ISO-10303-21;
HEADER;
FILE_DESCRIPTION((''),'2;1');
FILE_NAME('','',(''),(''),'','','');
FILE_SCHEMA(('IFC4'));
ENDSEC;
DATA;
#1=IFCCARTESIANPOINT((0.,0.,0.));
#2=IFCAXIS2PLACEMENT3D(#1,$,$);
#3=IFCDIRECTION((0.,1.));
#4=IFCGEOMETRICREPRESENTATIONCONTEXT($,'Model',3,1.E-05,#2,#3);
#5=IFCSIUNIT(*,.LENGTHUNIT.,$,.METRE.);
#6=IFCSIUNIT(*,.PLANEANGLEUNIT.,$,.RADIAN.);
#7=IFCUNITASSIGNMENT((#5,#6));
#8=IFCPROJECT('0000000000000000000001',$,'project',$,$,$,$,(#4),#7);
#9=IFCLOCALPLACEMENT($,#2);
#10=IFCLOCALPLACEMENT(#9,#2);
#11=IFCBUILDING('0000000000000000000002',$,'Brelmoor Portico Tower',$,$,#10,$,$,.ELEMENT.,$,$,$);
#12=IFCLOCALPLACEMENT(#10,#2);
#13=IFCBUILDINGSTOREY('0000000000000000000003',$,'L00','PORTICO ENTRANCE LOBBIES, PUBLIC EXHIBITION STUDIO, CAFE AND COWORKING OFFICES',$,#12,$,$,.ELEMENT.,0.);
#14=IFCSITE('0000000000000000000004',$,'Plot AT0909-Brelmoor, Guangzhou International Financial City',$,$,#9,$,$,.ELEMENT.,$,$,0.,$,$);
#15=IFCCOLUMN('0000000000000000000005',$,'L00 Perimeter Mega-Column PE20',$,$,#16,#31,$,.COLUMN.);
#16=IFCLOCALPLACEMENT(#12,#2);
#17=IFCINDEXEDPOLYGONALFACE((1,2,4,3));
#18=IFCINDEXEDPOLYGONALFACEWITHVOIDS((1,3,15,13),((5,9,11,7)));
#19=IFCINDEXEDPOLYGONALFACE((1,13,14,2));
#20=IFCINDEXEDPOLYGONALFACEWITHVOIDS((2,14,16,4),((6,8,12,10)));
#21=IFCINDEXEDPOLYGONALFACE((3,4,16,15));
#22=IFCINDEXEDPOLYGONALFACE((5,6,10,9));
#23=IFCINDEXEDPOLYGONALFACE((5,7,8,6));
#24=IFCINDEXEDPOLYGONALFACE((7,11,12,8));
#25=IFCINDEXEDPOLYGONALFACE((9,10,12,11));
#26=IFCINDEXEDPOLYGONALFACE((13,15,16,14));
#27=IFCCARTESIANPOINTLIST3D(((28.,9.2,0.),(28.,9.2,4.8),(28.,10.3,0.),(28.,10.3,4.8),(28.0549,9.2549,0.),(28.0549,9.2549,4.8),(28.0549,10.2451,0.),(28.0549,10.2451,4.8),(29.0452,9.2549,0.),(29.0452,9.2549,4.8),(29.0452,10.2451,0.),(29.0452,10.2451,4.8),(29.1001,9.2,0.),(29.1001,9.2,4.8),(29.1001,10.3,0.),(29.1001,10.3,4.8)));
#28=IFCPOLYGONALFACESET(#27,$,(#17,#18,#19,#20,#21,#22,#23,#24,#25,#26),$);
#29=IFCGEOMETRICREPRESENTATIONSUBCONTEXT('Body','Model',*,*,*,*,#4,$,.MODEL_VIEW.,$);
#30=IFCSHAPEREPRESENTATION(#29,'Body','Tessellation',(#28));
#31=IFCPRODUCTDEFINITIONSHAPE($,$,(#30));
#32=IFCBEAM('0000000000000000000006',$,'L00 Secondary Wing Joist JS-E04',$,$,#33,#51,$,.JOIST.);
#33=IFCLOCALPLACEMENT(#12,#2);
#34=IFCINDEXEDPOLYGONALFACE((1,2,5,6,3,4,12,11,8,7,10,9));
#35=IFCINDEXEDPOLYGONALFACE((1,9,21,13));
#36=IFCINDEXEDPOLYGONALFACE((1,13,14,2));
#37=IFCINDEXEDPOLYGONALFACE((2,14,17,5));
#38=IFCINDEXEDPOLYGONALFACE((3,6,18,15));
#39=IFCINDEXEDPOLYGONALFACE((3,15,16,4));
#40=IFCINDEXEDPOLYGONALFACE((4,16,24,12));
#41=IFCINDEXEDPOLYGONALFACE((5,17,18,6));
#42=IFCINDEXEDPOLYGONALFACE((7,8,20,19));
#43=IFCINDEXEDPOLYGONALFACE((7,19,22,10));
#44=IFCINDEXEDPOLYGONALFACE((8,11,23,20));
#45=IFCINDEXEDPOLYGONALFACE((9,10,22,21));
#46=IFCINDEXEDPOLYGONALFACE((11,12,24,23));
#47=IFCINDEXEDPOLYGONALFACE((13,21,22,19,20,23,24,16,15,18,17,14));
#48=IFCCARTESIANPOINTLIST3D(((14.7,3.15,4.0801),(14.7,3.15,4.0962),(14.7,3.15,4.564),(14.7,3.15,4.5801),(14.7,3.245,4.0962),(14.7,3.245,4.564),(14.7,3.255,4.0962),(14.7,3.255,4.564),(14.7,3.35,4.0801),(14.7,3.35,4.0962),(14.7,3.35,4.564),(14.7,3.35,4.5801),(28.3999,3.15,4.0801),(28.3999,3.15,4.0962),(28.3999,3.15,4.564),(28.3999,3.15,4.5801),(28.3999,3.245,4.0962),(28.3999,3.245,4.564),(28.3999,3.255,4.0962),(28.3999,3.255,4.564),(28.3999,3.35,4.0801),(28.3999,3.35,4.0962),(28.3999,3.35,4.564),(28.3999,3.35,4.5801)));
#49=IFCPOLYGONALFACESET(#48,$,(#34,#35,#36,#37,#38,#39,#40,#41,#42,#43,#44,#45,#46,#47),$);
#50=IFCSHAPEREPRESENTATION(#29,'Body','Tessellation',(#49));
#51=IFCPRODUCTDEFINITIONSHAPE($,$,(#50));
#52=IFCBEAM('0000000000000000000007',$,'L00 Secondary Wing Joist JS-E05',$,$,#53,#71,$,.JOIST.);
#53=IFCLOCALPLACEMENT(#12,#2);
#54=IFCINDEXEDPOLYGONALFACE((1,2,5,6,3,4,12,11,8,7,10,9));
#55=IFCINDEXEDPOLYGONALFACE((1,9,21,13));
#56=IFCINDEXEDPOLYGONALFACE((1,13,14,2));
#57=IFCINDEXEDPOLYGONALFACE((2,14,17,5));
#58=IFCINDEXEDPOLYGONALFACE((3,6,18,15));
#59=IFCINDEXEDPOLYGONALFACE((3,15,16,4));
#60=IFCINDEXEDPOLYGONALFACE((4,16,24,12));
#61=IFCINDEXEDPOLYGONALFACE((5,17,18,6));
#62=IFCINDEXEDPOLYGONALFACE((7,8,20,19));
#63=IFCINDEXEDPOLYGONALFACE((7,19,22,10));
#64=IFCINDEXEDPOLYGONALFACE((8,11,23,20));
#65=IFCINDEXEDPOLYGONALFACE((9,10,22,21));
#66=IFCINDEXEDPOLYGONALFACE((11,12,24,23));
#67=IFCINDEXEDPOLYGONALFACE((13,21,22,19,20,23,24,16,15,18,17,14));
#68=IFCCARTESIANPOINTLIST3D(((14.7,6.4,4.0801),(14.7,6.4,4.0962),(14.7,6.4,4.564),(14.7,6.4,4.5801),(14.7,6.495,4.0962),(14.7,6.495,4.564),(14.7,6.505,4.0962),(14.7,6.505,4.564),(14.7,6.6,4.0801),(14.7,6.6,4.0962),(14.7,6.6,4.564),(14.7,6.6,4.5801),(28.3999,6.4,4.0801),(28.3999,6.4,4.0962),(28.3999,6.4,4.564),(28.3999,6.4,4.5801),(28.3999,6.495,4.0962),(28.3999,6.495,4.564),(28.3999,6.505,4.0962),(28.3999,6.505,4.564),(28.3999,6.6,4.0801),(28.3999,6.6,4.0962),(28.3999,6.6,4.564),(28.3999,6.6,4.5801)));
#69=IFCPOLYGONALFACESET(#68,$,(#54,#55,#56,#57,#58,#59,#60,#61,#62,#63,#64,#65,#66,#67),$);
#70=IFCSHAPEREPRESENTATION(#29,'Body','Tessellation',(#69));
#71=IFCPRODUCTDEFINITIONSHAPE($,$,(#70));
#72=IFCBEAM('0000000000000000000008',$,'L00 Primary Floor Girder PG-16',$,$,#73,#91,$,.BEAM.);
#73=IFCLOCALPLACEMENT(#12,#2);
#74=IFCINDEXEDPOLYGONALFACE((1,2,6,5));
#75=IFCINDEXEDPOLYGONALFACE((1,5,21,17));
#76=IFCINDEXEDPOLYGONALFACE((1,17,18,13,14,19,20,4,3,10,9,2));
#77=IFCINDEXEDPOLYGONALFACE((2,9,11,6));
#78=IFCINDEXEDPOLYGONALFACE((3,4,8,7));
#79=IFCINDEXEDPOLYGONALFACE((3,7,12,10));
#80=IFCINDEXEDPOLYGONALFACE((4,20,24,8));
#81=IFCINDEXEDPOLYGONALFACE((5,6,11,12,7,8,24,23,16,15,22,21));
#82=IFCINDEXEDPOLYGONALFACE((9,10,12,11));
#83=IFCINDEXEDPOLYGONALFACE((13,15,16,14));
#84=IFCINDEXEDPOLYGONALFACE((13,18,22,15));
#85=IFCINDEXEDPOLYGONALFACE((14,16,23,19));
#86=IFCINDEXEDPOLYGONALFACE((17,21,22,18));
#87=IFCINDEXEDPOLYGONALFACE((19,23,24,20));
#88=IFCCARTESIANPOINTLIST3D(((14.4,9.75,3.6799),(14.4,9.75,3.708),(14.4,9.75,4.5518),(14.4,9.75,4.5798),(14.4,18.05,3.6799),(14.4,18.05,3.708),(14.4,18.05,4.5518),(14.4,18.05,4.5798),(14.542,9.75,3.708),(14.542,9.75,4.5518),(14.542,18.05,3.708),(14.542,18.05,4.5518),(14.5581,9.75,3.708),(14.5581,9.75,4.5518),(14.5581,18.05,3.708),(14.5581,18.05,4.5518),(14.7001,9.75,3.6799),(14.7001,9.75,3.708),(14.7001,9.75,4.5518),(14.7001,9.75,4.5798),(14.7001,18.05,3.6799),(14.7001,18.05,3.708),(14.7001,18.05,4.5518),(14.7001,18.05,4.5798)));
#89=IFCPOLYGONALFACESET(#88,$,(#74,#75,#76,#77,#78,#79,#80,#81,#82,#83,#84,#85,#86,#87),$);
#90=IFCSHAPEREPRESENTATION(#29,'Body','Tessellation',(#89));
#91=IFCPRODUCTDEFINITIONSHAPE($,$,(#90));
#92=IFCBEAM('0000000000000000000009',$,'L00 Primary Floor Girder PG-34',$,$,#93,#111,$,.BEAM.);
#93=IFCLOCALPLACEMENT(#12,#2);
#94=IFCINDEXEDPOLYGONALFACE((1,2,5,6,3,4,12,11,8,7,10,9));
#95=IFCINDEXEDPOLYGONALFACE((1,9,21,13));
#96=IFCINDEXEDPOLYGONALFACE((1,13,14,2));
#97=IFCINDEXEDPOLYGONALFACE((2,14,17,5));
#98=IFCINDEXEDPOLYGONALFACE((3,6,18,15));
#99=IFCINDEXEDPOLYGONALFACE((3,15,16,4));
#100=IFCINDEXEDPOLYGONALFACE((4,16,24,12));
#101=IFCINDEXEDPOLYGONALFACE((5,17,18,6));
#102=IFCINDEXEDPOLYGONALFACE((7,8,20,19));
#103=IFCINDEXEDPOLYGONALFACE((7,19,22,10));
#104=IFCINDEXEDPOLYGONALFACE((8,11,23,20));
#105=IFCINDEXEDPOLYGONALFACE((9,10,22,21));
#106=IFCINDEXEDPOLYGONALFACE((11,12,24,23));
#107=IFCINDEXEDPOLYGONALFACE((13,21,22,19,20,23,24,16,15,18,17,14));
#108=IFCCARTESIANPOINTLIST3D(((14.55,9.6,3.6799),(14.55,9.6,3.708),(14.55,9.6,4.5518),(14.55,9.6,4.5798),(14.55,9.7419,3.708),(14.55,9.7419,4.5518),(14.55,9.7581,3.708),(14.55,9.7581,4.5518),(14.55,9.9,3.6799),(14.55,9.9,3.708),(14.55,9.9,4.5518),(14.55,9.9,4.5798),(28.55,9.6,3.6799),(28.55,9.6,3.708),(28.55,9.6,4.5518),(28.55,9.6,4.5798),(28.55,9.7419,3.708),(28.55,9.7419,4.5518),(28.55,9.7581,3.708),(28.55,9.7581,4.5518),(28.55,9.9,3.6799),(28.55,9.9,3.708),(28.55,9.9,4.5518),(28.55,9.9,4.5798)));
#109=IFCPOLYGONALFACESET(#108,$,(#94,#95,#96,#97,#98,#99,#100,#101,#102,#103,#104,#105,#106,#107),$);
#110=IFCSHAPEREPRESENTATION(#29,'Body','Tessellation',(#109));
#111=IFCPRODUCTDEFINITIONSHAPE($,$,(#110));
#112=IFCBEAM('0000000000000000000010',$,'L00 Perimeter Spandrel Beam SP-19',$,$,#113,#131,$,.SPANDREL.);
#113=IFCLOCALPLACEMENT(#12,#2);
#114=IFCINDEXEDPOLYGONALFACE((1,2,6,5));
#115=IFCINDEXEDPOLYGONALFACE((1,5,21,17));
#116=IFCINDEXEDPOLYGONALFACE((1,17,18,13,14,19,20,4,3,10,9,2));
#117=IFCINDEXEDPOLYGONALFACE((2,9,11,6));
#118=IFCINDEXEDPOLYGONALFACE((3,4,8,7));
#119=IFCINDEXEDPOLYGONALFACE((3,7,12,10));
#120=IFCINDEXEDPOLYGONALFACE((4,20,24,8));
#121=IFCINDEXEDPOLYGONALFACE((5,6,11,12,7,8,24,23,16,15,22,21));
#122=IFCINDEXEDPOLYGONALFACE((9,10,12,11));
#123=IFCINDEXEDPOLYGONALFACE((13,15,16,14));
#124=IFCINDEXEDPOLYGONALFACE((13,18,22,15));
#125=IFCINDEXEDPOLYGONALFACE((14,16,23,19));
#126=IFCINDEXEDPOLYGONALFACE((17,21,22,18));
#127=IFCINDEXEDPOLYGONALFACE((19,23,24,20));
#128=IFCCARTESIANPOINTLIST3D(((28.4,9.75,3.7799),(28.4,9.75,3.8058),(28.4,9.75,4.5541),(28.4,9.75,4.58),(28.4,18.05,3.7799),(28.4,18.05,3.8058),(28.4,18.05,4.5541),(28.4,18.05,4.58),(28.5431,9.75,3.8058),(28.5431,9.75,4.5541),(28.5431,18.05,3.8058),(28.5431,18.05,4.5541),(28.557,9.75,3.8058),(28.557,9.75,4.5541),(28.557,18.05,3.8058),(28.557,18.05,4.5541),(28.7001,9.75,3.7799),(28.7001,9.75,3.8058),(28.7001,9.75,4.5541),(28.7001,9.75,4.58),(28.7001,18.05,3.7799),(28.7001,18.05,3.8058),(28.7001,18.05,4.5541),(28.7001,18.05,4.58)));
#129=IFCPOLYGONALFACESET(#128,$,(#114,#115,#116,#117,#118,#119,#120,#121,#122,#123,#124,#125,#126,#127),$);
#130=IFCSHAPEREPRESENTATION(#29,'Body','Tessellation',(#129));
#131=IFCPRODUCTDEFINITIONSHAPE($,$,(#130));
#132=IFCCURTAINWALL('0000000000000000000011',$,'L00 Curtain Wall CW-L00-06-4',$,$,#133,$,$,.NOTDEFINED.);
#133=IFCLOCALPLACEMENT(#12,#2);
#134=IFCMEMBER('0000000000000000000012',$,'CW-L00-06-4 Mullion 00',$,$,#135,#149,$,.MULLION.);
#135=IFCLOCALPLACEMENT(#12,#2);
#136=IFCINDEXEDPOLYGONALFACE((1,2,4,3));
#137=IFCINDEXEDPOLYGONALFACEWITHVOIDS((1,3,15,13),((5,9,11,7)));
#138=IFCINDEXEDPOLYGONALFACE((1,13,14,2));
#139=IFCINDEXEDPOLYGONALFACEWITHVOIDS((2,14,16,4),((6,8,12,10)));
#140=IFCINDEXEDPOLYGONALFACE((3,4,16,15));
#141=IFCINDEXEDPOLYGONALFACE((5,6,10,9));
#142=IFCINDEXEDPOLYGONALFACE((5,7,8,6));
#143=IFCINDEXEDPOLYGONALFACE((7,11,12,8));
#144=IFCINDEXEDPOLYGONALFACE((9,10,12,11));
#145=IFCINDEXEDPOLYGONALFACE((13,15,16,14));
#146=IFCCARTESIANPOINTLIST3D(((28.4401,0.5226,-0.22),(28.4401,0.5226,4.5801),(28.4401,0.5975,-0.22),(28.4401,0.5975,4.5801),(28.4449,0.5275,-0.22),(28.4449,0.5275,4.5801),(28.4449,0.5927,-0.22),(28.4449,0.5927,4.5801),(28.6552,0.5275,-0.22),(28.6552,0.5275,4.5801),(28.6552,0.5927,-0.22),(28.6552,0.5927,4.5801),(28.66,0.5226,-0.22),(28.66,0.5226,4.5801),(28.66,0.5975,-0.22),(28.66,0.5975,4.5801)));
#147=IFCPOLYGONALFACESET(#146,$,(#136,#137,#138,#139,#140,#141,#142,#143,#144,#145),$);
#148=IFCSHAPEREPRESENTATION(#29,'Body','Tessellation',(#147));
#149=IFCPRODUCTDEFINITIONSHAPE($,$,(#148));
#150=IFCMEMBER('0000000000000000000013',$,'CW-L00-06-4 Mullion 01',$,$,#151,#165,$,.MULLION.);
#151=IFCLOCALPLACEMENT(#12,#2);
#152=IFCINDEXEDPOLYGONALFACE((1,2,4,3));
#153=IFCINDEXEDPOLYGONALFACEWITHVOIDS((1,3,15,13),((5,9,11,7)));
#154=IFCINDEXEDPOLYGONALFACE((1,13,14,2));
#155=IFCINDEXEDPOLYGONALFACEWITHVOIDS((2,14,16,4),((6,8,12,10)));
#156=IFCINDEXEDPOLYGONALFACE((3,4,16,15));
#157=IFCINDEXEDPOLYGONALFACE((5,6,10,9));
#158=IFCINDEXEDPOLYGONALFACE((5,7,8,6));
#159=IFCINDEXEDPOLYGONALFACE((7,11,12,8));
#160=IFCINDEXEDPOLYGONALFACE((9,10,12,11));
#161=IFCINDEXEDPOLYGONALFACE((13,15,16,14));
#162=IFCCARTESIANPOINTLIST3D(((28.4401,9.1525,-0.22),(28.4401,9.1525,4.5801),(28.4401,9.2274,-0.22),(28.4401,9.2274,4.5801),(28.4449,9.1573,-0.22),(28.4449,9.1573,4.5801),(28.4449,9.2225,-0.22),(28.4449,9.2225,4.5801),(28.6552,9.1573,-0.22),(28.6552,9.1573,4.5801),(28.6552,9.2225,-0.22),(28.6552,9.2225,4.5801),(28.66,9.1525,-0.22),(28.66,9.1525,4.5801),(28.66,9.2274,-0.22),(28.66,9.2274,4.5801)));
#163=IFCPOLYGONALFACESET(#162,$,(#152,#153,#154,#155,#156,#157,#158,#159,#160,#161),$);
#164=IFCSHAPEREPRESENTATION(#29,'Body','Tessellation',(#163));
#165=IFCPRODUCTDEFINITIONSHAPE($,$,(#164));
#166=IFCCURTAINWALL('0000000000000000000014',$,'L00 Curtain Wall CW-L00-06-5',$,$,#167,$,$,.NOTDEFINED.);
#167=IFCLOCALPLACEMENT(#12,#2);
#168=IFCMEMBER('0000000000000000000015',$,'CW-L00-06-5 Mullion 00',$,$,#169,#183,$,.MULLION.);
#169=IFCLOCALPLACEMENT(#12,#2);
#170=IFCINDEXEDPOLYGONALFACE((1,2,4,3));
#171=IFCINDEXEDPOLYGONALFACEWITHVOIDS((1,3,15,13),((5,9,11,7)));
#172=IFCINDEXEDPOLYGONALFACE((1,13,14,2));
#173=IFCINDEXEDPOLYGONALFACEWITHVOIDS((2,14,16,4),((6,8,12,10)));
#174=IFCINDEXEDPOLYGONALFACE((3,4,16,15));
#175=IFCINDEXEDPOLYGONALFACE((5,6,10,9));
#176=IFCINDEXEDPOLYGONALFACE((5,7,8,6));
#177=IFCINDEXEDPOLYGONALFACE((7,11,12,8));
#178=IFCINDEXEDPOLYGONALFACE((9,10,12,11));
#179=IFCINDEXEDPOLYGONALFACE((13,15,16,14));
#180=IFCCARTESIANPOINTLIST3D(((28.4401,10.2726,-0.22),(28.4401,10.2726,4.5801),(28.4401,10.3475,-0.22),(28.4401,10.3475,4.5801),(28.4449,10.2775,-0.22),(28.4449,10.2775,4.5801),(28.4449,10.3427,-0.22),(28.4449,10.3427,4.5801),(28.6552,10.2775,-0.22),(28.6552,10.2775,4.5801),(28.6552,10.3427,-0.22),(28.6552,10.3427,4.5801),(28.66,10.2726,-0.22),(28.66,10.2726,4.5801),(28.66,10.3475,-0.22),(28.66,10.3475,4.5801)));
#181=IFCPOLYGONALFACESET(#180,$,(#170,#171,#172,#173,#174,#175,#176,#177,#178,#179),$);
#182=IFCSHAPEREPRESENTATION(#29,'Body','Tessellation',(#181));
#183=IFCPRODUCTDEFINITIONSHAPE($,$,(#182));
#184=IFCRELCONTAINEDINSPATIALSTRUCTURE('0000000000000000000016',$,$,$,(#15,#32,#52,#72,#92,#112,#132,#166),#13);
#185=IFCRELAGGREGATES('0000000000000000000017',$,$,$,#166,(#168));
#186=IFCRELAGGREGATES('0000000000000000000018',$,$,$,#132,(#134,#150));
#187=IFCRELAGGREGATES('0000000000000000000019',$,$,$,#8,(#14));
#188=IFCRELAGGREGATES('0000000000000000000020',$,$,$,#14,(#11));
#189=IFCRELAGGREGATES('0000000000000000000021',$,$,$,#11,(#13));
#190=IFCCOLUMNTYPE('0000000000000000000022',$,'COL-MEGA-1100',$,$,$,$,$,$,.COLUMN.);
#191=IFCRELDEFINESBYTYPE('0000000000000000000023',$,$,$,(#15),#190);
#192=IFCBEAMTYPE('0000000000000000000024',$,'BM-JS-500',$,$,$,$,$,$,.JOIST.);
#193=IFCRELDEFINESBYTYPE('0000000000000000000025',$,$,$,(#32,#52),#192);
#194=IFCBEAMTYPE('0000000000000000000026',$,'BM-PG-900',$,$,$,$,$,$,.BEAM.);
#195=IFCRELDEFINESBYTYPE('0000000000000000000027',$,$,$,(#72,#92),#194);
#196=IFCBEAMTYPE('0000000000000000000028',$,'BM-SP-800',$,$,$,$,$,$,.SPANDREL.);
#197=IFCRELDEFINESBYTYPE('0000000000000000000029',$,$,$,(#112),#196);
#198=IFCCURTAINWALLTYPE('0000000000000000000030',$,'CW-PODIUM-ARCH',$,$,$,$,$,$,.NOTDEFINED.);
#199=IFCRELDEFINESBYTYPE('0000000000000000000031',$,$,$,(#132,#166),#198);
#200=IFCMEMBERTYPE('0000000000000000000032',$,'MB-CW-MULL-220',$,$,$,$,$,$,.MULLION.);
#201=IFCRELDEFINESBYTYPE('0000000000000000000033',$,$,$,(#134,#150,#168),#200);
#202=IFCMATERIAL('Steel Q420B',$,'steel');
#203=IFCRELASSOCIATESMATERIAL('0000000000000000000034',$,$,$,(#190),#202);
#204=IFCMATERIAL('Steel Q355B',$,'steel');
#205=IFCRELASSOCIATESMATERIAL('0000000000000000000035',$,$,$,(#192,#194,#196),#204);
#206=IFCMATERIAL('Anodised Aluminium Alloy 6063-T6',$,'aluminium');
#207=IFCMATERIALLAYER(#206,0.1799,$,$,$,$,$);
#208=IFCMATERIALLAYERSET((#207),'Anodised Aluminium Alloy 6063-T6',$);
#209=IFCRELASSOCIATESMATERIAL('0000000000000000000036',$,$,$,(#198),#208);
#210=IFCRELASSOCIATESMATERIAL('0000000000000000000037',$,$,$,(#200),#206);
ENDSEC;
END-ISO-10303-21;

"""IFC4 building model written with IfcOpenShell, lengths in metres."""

from ifc_helpers import new_model, si_unit, direction, frame, origin, origin_2d, place, context, subcontext, project, spatial, hollow_rectangle, i_section, extrude, material, layer, layer_set, material_profile, profile_set, type_object, element, aggregate, save


model = new_model("IFC4")

# Units and contexts
model_context = context("Model", 3, precision=1e-05, world=origin(), true_north=direction((0.0, 1.0)))
body_context = subcontext(model_context, "Body", "Model", "MODEL_VIEW")
ifc_project = project(units=[si_unit("LENGTHUNIT", "METRE"), si_unit("PLANEANGLEUNIT", "RADIAN")], contexts=[model_context])

# Site, building, storey
site_placement = place(None, origin())
site = spatial("IfcSite", under=ifc_project, at=site_placement, Name="Plot AT0909-Brelmoor, Guangzhou International Financial City", CompositionType="ELEMENT", RefElevation=0.0)
building_placement = place(site_placement, origin())
building = spatial("IfcBuilding", under=site, at=building_placement, Name="Brelmoor Portico Tower", CompositionType="ELEMENT")
storey_placement = place(building_placement, origin())
storey = spatial("IfcBuildingStorey", under=building, at=storey_placement, Name="L00", Description="PORTICO ENTRANCE LOBBIES, PUBLIC EXHIBITION STUDIO, CAFE AND COWORKING OFFICES", CompositionType="ELEMENT", Elevation=0.0)

# Column
ifc_material_1 = material(Name="Steel Q420B", Category="steel")
ifc_material_profile_1 = material_profile(ifc_material_1, hollow_rectangle(XDim=1.1001, YDim=1.1001, WallThickness=0.0549, at=origin_2d()), Name="BOX 1100x1100x55")
ifc_profile_set_1 = profile_set([ifc_material_profile_1], Name="Steel Q420B")
column_type = type_object("IfcColumnType", Name="COL-MEGA-1100", PredefinedType="COLUMN", material=ifc_profile_set_1)
column_placement = place(storey_placement, frame((28.55, 9.75, 0.0), z_axis=(0.0, 0.0, 1.0), x_axis=(0.0, 1.0, 0.0)))
element("IfcColumn", 1, at=column_placement, inside=storey, type_object=column_type, Name="L00 Perimeter Mega-Column PE20", PredefinedType="COLUMN", context=body_context, shape_type="SweptSolid", body=[
    extrude(hollow_rectangle(XDim=1.1001, YDim=1.1001, WallThickness=0.0549, at=origin_2d()), origin(), (0.0, 0.0, 1.0), 4.8),
])

# Beams
ifc_material_2 = material(Name="Steel Q355B", Category="steel")
ifc_material_profile_2 = material_profile(ifc_material_2, i_section(OverallWidth=0.2, OverallDepth=0.5, WebThickness=0.01, FlangeThickness=0.0161, at=origin_2d()), Name="HN 500x200x10x16")
ifc_profile_set_2 = profile_set([ifc_material_profile_2], Name="Steel Q355B")
beam_type_1 = type_object("IfcBeamType", Name="BM-JS-500", PredefinedType="JOIST", material=ifc_profile_set_2)
for number, where, z_axis, x_axis, name in (
    (2, (14.7, 3.25, 4.3301), (1.0, 0.0, 0.0), (0.0, 1.0, 0.0), "L00 Secondary Wing Joist JS-E04"),
    (3, (14.7, 6.5, 4.3301), (1.0, 0.0, 0.0), (0.0, 1.0, 0.0), "L00 Secondary Wing Joist JS-E05"),
):
    element("IfcBeam", number, at=place(storey_placement, frame(where, z_axis=z_axis, x_axis=x_axis)), inside=storey, type_object=beam_type_1, Name=name, PredefinedType="JOIST", context=body_context, shape_type="SweptSolid", body=[
        extrude(i_section(OverallWidth=0.2, OverallDepth=0.5, WebThickness=0.01, FlangeThickness=0.0161, at=origin_2d()), origin(), (0.0, 0.0, 1.0), 13.7),
    ])
ifc_material_profile_3 = material_profile(ifc_material_2, i_section(OverallWidth=0.3, OverallDepth=0.8999, WebThickness=0.0161, FlangeThickness=0.0281, at=origin_2d()), Name="HN 900x300x16x28")
ifc_profile_set_3 = profile_set([ifc_material_profile_3], Name="Steel Q355B")
beam_type_2 = type_object("IfcBeamType", Name="BM-PG-900", PredefinedType="BEAM", material=ifc_profile_set_3)
beam_1_placement = place(storey_placement, frame((14.55, 9.75, 4.1299), z_axis=(0.0, 1.0, 0.0), x_axis=(-1.0, 0.0, 0.0)))
element("IfcBeam", 4, at=beam_1_placement, inside=storey, type_object=beam_type_2, Name="L00 Primary Floor Girder PG-16", PredefinedType="BEAM", context=body_context, shape_type="SweptSolid", body=[
    extrude(i_section(OverallWidth=0.3, OverallDepth=0.8999, WebThickness=0.0161, FlangeThickness=0.0281, at=origin_2d()), origin(), (0.0, 0.0, 1.0), 8.3),
])
beam_2_placement = place(storey_placement, frame((14.55, 9.75, 4.1299), z_axis=(1.0, 0.0, 0.0), x_axis=(0.0, 1.0, 0.0)))
element("IfcBeam", 5, at=beam_2_placement, inside=storey, type_object=beam_type_2, Name="L00 Primary Floor Girder PG-34", PredefinedType="BEAM", context=body_context, shape_type="SweptSolid", body=[
    extrude(i_section(OverallWidth=0.3, OverallDepth=0.8999, WebThickness=0.0161, FlangeThickness=0.0281, at=origin_2d()), origin(), (0.0, 0.0, 1.0), 14.0),
])
ifc_material_profile_4 = material_profile(ifc_material_2, i_section(OverallWidth=0.3, OverallDepth=0.8, WebThickness=0.0139, FlangeThickness=0.0259, at=origin_2d()), Name="HN 800x300x14x26")
ifc_profile_set_4 = profile_set([ifc_material_profile_4], Name="Steel Q355B")
beam_type_3 = type_object("IfcBeamType", Name="BM-SP-800", PredefinedType="SPANDREL", material=ifc_profile_set_4)
beam_3_placement = place(storey_placement, frame((28.55, 9.75, 4.1799), z_axis=(0.0, 1.0, 0.0), x_axis=(-1.0, 0.0, 0.0)))
element("IfcBeam", 6, at=beam_3_placement, inside=storey, type_object=beam_type_3, Name="L00 Perimeter Spandrel Beam SP-19", PredefinedType="SPANDREL", context=body_context, shape_type="SweptSolid", body=[
    extrude(i_section(OverallWidth=0.3, OverallDepth=0.8, WebThickness=0.0139, FlangeThickness=0.0259, at=origin_2d()), origin(), (0.0, 0.0, 1.0), 8.3),
])

# Curtain wall, members
ifc_material_3 = material(Name="Anodised Aluminium Alloy 6063-T6", Category="aluminium")
ifc_layer_1 = layer(ifc_material_3, 0.1799)
ifc_layer_set_1 = layer_set([ifc_layer_1], Name="Anodised Aluminium Alloy 6063-T6")
curtain_wall_type = type_object("IfcCurtainWallType", Name="CW-PODIUM-ARCH", PredefinedType="NOTDEFINED", material=ifc_layer_set_1)
curtain_wall_1_placement = place(storey_placement, origin())
curtain_wall_1 = element("IfcCurtainWall", 7, at=curtain_wall_1_placement, inside=storey, type_object=curtain_wall_type, Name="L00 Curtain Wall CW-L00-06-4", PredefinedType="NOTDEFINED")
ifc_material_profile_5 = material_profile(ifc_material_3, hollow_rectangle(XDim=0.075, YDim=0.22, WallThickness=0.0049, at=origin_2d()), Name="ALU MULLION 75x220")
ifc_profile_set_5 = profile_set([ifc_material_profile_5], Name="Anodised Aluminium Alloy 6063-T6")
member_type_1 = type_object("IfcMemberType", Name="MB-CW-MULL-220", PredefinedType="MULLION", material=ifc_profile_set_5)
member_1_placement = place(storey_placement, frame((28.55, 0.5601, -0.22), z_axis=(0.0, 0.0, 1.0), x_axis=(0.0, 1.0, 0.0)))
member_1 = element("IfcMember", 8, at=member_1_placement, type_object=member_type_1, Name="CW-L00-06-4 Mullion 00", PredefinedType="MULLION", context=body_context, shape_type="SweptSolid", body=[
    extrude(hollow_rectangle(XDim=0.075, YDim=0.22, WallThickness=0.0049, at=origin_2d()), origin(), (0.0, 0.0, 1.0), 4.8),
])
member_2_placement = place(storey_placement, frame((28.55, 9.1899, -0.22), z_axis=(0.0, 0.0, 1.0), x_axis=(0.0, 1.0, 0.0)))
member_2 = element("IfcMember", 9, at=member_2_placement, type_object=member_type_1, Name="CW-L00-06-4 Mullion 01", PredefinedType="MULLION", context=body_context, shape_type="SweptSolid", body=[
    extrude(hollow_rectangle(XDim=0.075, YDim=0.22, WallThickness=0.0049, at=origin_2d()), origin(), (0.0, 0.0, 1.0), 4.8),
])

# Curtain wall, member
curtain_wall_2_placement = place(storey_placement, origin())
curtain_wall_2 = element("IfcCurtainWall", 10, at=curtain_wall_2_placement, inside=storey, type_object=curtain_wall_type, Name="L00 Curtain Wall CW-L00-06-5", PredefinedType="NOTDEFINED")
member_3_placement = place(storey_placement, frame((28.55, 10.3101, -0.22), z_axis=(0.0, 0.0, 1.0), x_axis=(0.0, 1.0, 0.0)))
member_3 = element("IfcMember", 11, at=member_3_placement, type_object=member_type_1, Name="CW-L00-06-5 Mullion 00", PredefinedType="MULLION", context=body_context, shape_type="SweptSolid", body=[
    extrude(hollow_rectangle(XDim=0.075, YDim=0.22, WallThickness=0.0049, at=origin_2d()), origin(), (0.0, 0.0, 1.0), 4.8),
])

aggregate(curtain_wall_2, [member_3])

aggregate(curtain_wall_1, [member_1, member_2])

save(model, "model.ifc")
